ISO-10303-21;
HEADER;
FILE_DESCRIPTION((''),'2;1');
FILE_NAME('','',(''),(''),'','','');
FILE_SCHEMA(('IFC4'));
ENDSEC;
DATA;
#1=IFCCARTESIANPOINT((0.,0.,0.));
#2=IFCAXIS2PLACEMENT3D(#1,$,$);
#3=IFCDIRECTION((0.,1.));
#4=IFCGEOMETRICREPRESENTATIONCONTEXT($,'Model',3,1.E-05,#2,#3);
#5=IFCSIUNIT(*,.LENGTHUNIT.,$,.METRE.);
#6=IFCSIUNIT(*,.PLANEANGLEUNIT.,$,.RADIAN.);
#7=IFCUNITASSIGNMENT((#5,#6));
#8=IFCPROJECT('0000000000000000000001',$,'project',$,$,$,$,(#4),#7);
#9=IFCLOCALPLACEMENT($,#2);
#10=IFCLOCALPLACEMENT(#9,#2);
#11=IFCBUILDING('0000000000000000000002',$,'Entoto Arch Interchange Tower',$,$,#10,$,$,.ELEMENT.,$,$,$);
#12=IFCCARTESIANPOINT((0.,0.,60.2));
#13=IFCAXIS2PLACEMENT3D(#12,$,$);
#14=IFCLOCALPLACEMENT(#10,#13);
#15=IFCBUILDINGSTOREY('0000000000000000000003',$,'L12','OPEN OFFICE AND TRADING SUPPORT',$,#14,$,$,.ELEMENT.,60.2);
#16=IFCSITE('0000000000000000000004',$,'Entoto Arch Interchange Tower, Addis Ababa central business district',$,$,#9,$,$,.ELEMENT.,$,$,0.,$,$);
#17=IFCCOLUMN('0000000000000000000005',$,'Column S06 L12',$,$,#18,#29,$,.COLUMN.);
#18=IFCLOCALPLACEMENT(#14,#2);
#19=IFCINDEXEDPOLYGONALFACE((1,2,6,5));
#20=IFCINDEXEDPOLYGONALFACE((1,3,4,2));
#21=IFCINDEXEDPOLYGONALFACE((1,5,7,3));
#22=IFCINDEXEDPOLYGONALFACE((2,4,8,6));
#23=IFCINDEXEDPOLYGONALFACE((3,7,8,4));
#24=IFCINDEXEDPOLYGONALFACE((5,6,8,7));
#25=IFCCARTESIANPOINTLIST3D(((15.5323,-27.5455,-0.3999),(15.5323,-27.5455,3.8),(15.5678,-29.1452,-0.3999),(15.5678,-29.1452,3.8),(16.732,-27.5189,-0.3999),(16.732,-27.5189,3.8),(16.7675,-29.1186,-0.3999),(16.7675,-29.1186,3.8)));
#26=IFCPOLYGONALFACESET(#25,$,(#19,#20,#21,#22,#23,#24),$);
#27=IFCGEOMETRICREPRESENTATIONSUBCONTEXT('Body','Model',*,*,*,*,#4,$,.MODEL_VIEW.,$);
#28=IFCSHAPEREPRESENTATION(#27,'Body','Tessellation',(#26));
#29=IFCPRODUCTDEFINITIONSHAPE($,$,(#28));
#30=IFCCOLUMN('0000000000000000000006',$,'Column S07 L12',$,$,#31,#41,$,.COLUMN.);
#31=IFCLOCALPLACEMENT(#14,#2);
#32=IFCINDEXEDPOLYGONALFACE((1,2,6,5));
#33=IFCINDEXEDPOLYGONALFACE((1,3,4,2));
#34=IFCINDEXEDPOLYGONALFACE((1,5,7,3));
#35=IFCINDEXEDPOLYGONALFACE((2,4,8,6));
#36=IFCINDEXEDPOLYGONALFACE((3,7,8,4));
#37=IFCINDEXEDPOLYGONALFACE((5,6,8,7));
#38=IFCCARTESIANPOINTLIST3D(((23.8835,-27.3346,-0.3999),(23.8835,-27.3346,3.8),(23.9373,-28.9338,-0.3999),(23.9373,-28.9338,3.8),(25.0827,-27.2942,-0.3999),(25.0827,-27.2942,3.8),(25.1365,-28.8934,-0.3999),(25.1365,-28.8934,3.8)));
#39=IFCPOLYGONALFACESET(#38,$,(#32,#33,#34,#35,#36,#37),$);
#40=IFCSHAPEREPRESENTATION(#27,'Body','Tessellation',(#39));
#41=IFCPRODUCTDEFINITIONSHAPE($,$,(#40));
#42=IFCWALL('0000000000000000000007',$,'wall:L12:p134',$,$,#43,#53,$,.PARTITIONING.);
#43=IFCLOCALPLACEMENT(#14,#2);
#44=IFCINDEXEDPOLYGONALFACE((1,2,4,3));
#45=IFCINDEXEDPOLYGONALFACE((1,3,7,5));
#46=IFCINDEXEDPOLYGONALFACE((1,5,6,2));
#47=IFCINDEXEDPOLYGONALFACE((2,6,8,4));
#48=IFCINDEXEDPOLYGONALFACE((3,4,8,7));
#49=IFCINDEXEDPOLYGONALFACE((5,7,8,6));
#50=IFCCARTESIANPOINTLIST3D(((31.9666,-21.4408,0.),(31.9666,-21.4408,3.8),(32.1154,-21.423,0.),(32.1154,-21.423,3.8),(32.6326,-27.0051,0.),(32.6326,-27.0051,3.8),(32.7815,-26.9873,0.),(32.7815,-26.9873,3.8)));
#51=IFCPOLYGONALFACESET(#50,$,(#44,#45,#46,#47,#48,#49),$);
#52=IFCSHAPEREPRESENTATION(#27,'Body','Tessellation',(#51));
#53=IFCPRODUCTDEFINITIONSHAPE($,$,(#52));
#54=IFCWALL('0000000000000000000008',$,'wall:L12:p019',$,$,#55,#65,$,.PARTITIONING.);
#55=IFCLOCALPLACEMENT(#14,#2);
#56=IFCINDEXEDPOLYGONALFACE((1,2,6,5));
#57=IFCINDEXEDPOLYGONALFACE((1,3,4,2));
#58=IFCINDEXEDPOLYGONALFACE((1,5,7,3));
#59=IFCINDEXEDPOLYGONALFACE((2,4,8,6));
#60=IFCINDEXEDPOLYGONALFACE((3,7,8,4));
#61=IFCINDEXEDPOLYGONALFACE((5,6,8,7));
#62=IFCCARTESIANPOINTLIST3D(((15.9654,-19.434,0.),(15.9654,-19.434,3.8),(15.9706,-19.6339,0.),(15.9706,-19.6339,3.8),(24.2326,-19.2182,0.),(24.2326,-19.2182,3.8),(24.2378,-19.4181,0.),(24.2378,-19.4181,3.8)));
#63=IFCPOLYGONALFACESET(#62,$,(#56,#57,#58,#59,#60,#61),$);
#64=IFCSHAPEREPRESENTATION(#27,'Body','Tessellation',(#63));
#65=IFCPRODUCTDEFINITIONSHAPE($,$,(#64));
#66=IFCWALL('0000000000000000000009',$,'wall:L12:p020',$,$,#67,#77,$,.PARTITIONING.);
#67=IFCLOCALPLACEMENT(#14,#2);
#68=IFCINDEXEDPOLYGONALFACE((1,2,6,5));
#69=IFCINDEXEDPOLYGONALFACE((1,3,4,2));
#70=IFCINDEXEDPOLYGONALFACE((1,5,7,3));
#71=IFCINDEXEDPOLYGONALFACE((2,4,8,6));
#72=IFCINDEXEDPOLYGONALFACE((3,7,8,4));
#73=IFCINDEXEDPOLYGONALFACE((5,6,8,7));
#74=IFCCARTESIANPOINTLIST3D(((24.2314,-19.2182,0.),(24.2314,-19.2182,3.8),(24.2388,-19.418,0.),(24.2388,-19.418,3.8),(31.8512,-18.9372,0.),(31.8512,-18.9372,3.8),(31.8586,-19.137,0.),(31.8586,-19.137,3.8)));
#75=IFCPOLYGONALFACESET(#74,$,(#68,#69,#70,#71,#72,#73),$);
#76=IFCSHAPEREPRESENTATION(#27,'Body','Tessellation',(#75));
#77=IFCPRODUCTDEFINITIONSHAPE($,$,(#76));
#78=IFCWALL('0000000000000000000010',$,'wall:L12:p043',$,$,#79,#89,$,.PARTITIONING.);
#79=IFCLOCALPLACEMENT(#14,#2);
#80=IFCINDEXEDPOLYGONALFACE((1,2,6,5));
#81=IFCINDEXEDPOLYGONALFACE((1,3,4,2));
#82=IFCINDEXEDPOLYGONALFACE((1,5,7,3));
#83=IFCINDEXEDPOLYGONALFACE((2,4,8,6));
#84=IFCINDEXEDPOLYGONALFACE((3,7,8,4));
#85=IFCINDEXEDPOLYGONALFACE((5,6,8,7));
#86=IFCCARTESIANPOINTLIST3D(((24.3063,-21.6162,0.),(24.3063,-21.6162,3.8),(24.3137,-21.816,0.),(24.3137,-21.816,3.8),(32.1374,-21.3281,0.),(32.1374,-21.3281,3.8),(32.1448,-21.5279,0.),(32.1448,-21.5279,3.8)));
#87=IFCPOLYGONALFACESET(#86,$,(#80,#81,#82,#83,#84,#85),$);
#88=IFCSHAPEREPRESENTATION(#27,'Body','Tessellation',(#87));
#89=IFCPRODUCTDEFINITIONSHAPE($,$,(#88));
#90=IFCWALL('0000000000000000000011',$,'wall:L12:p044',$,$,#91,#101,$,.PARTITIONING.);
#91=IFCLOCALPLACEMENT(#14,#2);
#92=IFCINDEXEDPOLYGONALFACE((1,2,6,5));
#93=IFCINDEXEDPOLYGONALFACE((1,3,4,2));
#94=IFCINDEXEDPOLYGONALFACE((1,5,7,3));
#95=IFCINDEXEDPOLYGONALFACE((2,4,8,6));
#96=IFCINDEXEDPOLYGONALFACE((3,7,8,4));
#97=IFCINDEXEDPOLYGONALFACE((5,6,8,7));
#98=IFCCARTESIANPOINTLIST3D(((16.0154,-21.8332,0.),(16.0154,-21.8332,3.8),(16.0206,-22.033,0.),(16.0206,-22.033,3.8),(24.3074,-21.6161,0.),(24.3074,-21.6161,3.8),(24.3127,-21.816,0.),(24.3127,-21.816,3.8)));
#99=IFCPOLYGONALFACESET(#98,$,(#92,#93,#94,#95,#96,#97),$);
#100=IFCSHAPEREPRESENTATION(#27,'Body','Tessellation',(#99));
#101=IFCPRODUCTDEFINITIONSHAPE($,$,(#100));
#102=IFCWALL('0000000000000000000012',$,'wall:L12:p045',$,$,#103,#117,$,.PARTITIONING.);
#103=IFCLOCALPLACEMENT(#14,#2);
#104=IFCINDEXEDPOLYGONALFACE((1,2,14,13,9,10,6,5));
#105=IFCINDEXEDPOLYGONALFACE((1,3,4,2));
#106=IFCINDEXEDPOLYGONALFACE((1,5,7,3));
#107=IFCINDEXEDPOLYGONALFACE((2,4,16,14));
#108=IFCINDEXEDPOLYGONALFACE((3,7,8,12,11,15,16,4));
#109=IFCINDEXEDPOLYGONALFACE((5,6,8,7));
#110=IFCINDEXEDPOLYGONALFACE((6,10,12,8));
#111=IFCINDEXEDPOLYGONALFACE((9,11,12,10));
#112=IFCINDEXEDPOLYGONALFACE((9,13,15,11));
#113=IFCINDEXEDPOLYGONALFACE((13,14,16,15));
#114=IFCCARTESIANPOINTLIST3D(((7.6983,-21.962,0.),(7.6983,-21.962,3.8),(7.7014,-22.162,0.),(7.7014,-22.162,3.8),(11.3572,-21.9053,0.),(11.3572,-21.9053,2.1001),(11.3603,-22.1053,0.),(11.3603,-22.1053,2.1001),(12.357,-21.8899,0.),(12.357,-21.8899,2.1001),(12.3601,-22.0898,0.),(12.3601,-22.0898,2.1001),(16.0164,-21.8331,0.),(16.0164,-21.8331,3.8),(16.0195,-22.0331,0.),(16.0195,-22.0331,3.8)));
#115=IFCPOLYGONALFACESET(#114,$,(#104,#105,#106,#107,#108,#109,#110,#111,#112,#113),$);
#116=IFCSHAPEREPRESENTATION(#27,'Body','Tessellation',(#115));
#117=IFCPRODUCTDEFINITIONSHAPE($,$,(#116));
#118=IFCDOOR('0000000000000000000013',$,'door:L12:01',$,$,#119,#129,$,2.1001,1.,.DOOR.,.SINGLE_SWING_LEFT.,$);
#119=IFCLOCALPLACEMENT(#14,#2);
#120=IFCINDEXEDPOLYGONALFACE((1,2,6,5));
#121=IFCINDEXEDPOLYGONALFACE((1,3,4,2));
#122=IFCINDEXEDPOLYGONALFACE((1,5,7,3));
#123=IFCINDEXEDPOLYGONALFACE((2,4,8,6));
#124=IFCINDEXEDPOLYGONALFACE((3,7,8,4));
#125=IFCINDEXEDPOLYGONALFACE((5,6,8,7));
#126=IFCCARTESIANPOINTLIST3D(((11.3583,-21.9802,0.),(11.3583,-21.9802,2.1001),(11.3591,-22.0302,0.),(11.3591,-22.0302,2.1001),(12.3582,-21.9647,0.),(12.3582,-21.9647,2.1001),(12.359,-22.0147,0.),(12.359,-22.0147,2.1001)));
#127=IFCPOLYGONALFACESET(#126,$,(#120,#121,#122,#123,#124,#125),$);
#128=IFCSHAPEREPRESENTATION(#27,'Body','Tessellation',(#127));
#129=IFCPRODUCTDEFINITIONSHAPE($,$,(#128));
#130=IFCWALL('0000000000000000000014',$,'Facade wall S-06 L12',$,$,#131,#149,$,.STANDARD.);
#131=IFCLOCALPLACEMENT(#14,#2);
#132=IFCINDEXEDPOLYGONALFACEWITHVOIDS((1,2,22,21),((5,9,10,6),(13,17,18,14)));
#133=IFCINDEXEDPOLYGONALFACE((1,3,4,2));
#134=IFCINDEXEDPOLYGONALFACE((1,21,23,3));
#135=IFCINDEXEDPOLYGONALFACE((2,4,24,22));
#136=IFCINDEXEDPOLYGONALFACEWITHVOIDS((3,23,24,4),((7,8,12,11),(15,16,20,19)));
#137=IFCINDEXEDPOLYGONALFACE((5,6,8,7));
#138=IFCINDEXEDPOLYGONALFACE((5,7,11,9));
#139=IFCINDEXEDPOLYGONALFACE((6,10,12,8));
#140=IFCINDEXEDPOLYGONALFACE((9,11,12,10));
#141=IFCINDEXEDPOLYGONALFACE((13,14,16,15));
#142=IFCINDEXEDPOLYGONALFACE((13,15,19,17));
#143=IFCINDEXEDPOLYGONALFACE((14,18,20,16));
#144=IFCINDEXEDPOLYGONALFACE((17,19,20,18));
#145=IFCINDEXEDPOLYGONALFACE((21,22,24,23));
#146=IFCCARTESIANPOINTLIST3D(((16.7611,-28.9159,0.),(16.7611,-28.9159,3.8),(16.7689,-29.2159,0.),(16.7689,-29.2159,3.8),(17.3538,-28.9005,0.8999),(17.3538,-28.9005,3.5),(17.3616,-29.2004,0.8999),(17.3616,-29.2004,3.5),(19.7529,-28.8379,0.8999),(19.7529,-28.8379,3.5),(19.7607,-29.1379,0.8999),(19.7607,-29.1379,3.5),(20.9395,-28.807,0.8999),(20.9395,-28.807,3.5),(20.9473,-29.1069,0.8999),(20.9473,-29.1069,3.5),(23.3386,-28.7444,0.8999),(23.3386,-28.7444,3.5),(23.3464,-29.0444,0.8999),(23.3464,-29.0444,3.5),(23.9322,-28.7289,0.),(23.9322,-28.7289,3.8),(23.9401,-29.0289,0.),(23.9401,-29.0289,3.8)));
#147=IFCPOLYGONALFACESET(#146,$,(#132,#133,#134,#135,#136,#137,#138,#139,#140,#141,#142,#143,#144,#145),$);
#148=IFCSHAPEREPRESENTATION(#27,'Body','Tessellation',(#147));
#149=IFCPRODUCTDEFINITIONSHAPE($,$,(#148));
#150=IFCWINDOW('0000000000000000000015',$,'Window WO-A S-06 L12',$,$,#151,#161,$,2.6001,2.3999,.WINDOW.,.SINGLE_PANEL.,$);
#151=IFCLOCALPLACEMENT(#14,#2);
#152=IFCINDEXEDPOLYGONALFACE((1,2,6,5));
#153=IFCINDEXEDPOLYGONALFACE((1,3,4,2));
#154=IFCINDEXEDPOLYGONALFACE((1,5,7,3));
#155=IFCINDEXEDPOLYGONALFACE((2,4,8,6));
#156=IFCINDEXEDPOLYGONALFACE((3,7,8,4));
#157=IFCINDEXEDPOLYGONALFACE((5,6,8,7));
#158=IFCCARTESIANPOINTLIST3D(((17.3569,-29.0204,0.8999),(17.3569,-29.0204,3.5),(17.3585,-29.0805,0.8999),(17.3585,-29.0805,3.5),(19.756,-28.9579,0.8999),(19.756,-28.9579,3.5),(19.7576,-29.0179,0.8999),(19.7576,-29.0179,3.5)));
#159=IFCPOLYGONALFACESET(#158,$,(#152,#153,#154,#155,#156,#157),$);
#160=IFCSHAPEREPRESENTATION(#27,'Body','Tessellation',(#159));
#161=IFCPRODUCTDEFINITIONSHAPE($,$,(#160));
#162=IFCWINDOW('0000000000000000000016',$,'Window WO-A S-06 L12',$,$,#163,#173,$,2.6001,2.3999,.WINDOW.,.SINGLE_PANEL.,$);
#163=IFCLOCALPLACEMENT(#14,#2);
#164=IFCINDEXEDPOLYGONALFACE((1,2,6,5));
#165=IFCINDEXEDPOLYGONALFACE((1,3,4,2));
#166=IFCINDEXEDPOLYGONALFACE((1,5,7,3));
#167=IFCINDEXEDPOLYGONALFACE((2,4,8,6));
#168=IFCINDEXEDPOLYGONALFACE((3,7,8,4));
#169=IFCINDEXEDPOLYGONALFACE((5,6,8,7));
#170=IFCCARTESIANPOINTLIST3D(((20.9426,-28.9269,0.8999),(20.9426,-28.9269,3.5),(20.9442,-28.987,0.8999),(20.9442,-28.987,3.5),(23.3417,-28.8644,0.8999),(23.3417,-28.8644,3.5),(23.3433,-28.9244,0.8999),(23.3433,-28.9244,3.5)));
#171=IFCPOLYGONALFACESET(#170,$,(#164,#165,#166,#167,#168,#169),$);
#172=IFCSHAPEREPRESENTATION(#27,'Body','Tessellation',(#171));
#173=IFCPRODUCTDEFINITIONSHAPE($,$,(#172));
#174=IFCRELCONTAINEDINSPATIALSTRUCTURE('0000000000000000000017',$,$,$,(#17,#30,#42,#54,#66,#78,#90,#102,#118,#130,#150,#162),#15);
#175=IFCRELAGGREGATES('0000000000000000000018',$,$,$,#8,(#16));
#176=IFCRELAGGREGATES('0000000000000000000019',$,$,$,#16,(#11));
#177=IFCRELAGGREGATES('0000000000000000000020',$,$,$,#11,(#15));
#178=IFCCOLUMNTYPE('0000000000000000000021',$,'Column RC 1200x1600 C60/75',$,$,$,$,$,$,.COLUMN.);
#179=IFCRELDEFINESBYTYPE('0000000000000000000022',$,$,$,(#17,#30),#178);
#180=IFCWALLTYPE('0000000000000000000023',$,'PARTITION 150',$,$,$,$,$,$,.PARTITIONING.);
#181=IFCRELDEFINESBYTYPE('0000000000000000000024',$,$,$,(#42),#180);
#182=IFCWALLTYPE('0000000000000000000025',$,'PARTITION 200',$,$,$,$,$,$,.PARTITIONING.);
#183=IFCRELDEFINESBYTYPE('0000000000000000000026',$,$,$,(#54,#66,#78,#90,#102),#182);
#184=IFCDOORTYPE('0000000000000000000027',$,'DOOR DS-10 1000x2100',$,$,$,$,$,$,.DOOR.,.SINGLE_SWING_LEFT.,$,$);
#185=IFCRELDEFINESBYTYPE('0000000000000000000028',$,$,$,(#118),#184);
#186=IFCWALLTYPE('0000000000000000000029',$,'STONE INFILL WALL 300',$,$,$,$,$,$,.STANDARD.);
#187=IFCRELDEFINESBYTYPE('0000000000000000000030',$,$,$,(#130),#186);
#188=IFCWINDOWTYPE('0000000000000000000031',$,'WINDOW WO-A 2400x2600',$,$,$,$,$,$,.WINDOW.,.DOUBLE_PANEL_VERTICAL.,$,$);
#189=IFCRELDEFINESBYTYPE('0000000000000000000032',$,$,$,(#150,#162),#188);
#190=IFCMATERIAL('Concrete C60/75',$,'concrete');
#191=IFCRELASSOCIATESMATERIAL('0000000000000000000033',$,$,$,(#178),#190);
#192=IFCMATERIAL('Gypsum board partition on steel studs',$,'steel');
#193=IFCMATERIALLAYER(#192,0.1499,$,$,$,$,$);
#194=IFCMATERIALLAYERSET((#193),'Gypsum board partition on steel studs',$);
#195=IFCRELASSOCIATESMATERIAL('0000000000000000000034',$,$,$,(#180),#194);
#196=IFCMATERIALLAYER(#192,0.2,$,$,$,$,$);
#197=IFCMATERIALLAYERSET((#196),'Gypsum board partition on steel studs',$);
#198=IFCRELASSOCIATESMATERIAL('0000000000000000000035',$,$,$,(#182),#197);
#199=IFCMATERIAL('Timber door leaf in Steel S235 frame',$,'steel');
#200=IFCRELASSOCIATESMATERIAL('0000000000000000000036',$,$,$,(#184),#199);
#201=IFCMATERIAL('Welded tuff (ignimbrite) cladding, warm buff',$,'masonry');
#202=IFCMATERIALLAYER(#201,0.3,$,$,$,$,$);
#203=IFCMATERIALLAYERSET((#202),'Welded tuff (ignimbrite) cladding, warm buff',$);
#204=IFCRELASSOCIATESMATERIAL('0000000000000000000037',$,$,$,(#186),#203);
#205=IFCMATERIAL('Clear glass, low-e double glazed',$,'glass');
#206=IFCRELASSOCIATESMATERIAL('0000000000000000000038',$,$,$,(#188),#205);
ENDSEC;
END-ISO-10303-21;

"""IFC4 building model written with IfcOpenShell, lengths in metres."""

from ifc_helpers import new_model, si_unit, direction, frame, frame_2d, origin, origin_2d, place, context, subcontext, project, spatial, rectangle, extrude, material, layer, layer_set, material_profile, profile_set, type_object, element, fill, save


model = new_model("IFC4")

# Units and contexts
model_context = context("Model", 3, precision=1e-05, world=origin(), true_north=direction((0.0, 1.0)))
body_context = subcontext(model_context, "Body", "Model", "MODEL_VIEW")
ifc_project = project(units=[si_unit("LENGTHUNIT", "METRE"), si_unit("PLANEANGLEUNIT", "RADIAN")], contexts=[model_context])

# Site, building, storey
site_placement = place(None, origin())
site = spatial("IfcSite", under=ifc_project, at=site_placement, Name="Entoto Arch Interchange Tower, Addis Ababa central business district", CompositionType="ELEMENT", RefElevation=0.0)
building_placement = place(site_placement, origin())
building = spatial("IfcBuilding", under=site, at=building_placement, Name="Entoto Arch Interchange Tower", CompositionType="ELEMENT")
storey_placement = place(building_placement, frame((0.0, 0.0, 60.2)))
storey = spatial("IfcBuildingStorey", under=building, at=storey_placement, Name="L12", Description="OPEN OFFICE AND TRADING SUPPORT", CompositionType="ELEMENT", Elevation=60.2)

# Columns
ifc_material_1 = material(Name="Concrete C60/75", Category="concrete")
ifc_material_profile = material_profile(ifc_material_1, rectangle(XDim=1.2, YDim=1.6001, at=origin_2d()))
ifc_profile_set = profile_set([ifc_material_profile], Name="Concrete C60/75")
column_type = type_object("IfcColumnType", Name="Column RC 1200x1600 C60/75", PredefinedType="COLUMN", material=ifc_profile_set)
for number, where, z_axis, x_axis, name in (
    (1, (16.1499, -28.332, -0.3999), (0.0, 0.0, 1.0), (0.999754, 0.022164, 0.0), "Column S06 L12"),
    (2, (24.51, -28.114, -0.3999), (0.0, 0.0, 1.0), (0.999434, 0.033626, 0.0), "Column S07 L12"),
):
    element("IfcColumn", number, at=place(storey_placement, frame(where, z_axis=z_axis, x_axis=x_axis)), inside=storey, type_object=column_type, Name=name, PredefinedType="COLUMN", context=body_context, shape_type="SweptSolid", body=[
        extrude(rectangle(XDim=1.2, YDim=1.6001, at=origin_2d()), origin(), (0.0, 0.0, 1.0), 4.2),
    ])

# Walls
ifc_material_2 = material(Name="Gypsum board partition on steel studs", Category="steel")
ifc_layer_1 = layer(ifc_material_2, 0.1499)
ifc_layer_set_1 = layer_set([ifc_layer_1], Name="Gypsum board partition on steel studs")
wall_type_1 = type_object("IfcWallType", Name="PARTITION 150", PredefinedType="PARTITIONING", material=ifc_layer_set_1)
wall_1_placement = place(storey_placement, frame((32.041, -21.4319, 0.0), z_axis=(0.0, 0.0, 1.0), x_axis=(0.118848, -0.992912, 0.0)))
element("IfcWall", 3, at=wall_1_placement, inside=storey, type_object=wall_type_1, Name="wall:L12:p134", PredefinedType="PARTITIONING", context=body_context, shape_type="SweptSolid", body=[
    extrude(rectangle(XDim=5.604, YDim=0.1499, at=frame_2d((2.802, 0.0))), origin(), (0.0, 0.0, 1.0), 3.8),
])
ifc_layer_2 = layer(ifc_material_2, 0.2)
ifc_layer_set_2 = layer_set([ifc_layer_2], Name="Gypsum board partition on steel studs")
wall_type_2 = type_object("IfcWallType", Name="PARTITION 200", PredefinedType="PARTITIONING", material=ifc_layer_set_2)
wall_2_placement = place(storey_placement, frame((15.968, -19.5339, 0.0), z_axis=(0.0, 0.0, 1.0), x_axis=(0.999659, 0.026097, 0.0)))
element("IfcWall", 4, at=wall_2_placement, inside=storey, type_object=wall_type_2, Name="wall:L12:p019", PredefinedType="PARTITIONING", context=body_context, shape_type="SweptSolid", body=[
    extrude(rectangle(XDim=8.27, YDim=0.2, at=frame_2d((4.135, 0.0))), origin(), (0.0, 0.0, 1.0), 3.8),
])
wall_3_placement = place(storey_placement, frame((24.2351, -19.3181, 0.0), z_axis=(0.0, 0.0, 1.0), x_axis=(0.999321, 0.036853, 0.0)))
element("IfcWall", 5, at=wall_3_placement, inside=storey, type_object=wall_type_2, Name="wall:L12:p020", PredefinedType="PARTITIONING", context=body_context, shape_type="SweptSolid", body=[
    extrude(rectangle(XDim=7.625, YDim=0.2, at=frame_2d((3.8125, 0.0))), origin(), (0.0, 0.0, 1.0), 3.8),
])
wall_4_placement = place(storey_placement, frame((32.1411, -21.428, 0.0), z_axis=(0.0, 0.0, 1.0), x_axis=(-0.999324, -0.036763, 0.0)))
element("IfcWall", 6, at=wall_4_placement, inside=storey, type_object=wall_type_2, Name="wall:L12:p043", PredefinedType="PARTITIONING", context=body_context, shape_type="SweptSolid", body=[
    extrude(rectangle(XDim=7.8364, YDim=0.2, at=frame_2d((3.9182, 0.0))), origin(), (0.0, 0.0, 1.0), 3.8),
])
wall_5_placement = place(storey_placement, frame((24.3101, -21.7161, 0.0), z_axis=(0.0, 0.0, 1.0), x_axis=(-0.999658, -0.026166, 0.0)))
element("IfcWall", 7, at=wall_5_placement, inside=storey, type_object=wall_type_2, Name="wall:L12:p044", PredefinedType="PARTITIONING", context=body_context, shape_type="SweptSolid", body=[
    extrude(rectangle(XDim=8.2949, YDim=0.2, at=frame_2d((4.1475, 0.0))), origin(), (0.0, 0.0, 1.0), 3.8),
])

# Wall, opening, door
wall_6_placement = place(storey_placement, frame((16.0181, -21.9331, 0.0), z_axis=(0.0, 0.0, 1.0), x_axis=(-0.99988, -0.015495, 0.0)))
wall_6 = element("IfcWall", 8, at=wall_6_placement, inside=storey, type_object=wall_type_2, Name="wall:L12:p045", PredefinedType="PARTITIONING", context=body_context, shape_type="SweptSolid", body=[
    extrude(rectangle(XDim=8.3191, YDim=0.2, at=frame_2d((4.1597, 0.0))), origin(), (0.0, 0.0, 1.0), 3.8),
])
opening_1_placement = place(wall_6_placement, frame((3.6599, 0.0, 0.0)))
opening_1 = element("IfcOpeningElement", 9, at=opening_1_placement, cuts=wall_6, PredefinedType="OPENING", context=body_context, shape_type="SweptSolid", body=[
    extrude(rectangle(XDim=1.0, YDim=2.1001, at=frame_2d((0.5, 1.05))), frame((0.0, 0.1099, 0.0), z_axis=(0.0, -1.0, 0.0), x_axis=(1.0, 0.0, 0.0)), (0.0, 0.0, 1.0), 0.22),
])
ifc_material_3 = material(Name="Timber door leaf in Steel S235 frame", Category="steel")
door_type = type_object("IfcDoorType", Name="DOOR DS-10 1000x2100", OperationType="SINGLE_SWING_LEFT", PredefinedType="DOOR", material=ifc_material_3)
door_placement = place(opening_1_placement, origin())
door = element("IfcDoor", 10, at=door_placement, inside=storey, type_object=door_type, Name="door:L12:01", OperationType="SINGLE_SWING_LEFT", OverallHeight=2.1001, OverallWidth=1.0, PredefinedType="DOOR", context=body_context, shape_type="SweptSolid", body=[
    extrude(rectangle(XDim=1.0, YDim=2.1001, at=frame_2d((0.5, 1.05))), frame((0.0, 0.0249, 0.0), z_axis=(0.0, -1.0, 0.0), x_axis=(1.0, 0.0, 0.0)), (0.0, 0.0, 1.0), 0.05),
])
fill(opening_1, door)

# Wall, openings, windows
ifc_material_4 = material(Name="Welded tuff (ignimbrite) cladding, warm buff", Category="masonry")
ifc_layer_3 = layer(ifc_material_4, 0.3)
ifc_layer_set_3 = layer_set([ifc_layer_3], Name="Welded tuff (ignimbrite) cladding, warm buff")
wall_type_3 = type_object("IfcWallType", Name="STONE INFILL WALL 300", PredefinedType="STANDARD", material=ifc_layer_set_3)
wall_7_placement = place(storey_placement, frame((16.7649, -29.0659, 0.0), z_axis=(0.0, 0.0, 1.0), x_axis=(0.99966, 0.02607, 0.0)))
wall_7 = element("IfcWall", 11, at=wall_7_placement, inside=storey, type_object=wall_type_3, Name="Facade wall S-06 L12", PredefinedType="STANDARD", context=body_context, shape_type="SweptSolid", body=[
    extrude(rectangle(XDim=7.1736, YDim=0.3, at=frame_2d((3.5869, 0.0))), origin(), (0.0, 0.0, 1.0), 3.8),
])
opening_2_placement = place(wall_7_placement, frame((0.593, 0.0, 0.8999)))
opening_2 = element("IfcOpeningElement", 12, at=opening_2_placement, cuts=wall_7, PredefinedType="OPENING", context=body_context, shape_type="SweptSolid", body=[
    extrude(rectangle(XDim=2.3999, YDim=2.6001, at=frame_2d((1.2, 1.3))), frame((0.0, 0.1602, 0.0), z_axis=(0.0, -1.0, 0.0), x_axis=(1.0, 0.0, 0.0)), (0.0, 0.0, 1.0), 0.3201),
])
opening_3_placement = place(wall_7_placement, frame((4.1799, 0.0, 0.8999)))
opening_3 = element("IfcOpeningElement", 13, at=opening_3_placement, cuts=wall_7, PredefinedType="OPENING", context=body_context, shape_type="SweptSolid", body=[
    extrude(rectangle(XDim=2.3999, YDim=2.6001, at=frame_2d((1.2, 1.3))), frame((0.0, 0.1602, 0.0), z_axis=(0.0, -1.0, 0.0), x_axis=(1.0, 0.0, 0.0)), (0.0, 0.0, 1.0), 0.3201),
])
ifc_material_5 = material(Name="Clear glass, low-e double glazed", Category="glass")
window_type = type_object("IfcWindowType", Name="WINDOW WO-A 2400x2600", PartitioningType="DOUBLE_PANEL_VERTICAL", PredefinedType="WINDOW", material=ifc_material_5)
window_1_placement = place(opening_2_placement, origin())
window_1 = element("IfcWindow", 14, at=window_1_placement, inside=storey, type_object=window_type, Name="Window WO-A S-06 L12", OverallHeight=2.6001, OverallWidth=2.3999, PartitioningType="SINGLE_PANEL", PredefinedType="WINDOW", context=body_context, shape_type="SweptSolid", body=[
    extrude(rectangle(XDim=2.3999, YDim=2.6001, at=frame_2d((1.2, 1.3))), frame((0.0, 0.03, 0.0), z_axis=(0.0, -1.0, 0.0), x_axis=(1.0, 0.0, 0.0)), (0.0, 0.0, 1.0), 0.0601),
])
fill(opening_2, window_1)
window_2_placement = place(opening_3_placement, origin())
window_2 = element("IfcWindow", 15, at=window_2_placement, inside=storey, type_object=window_type, Name="Window WO-A S-06 L12", OverallHeight=2.6001, OverallWidth=2.3999, PartitioningType="SINGLE_PANEL", PredefinedType="WINDOW", context=body_context, shape_type="SweptSolid", body=[
    extrude(rectangle(XDim=2.3999, YDim=2.6001, at=frame_2d((1.2, 1.3))), frame((0.0, 0.03, 0.0), z_axis=(0.0, -1.0, 0.0), x_axis=(1.0, 0.0, 0.0)), (0.0, 0.0, 1.0), 0.0601),
])
fill(opening_3, window_2)

save(model, "model.ifc")
